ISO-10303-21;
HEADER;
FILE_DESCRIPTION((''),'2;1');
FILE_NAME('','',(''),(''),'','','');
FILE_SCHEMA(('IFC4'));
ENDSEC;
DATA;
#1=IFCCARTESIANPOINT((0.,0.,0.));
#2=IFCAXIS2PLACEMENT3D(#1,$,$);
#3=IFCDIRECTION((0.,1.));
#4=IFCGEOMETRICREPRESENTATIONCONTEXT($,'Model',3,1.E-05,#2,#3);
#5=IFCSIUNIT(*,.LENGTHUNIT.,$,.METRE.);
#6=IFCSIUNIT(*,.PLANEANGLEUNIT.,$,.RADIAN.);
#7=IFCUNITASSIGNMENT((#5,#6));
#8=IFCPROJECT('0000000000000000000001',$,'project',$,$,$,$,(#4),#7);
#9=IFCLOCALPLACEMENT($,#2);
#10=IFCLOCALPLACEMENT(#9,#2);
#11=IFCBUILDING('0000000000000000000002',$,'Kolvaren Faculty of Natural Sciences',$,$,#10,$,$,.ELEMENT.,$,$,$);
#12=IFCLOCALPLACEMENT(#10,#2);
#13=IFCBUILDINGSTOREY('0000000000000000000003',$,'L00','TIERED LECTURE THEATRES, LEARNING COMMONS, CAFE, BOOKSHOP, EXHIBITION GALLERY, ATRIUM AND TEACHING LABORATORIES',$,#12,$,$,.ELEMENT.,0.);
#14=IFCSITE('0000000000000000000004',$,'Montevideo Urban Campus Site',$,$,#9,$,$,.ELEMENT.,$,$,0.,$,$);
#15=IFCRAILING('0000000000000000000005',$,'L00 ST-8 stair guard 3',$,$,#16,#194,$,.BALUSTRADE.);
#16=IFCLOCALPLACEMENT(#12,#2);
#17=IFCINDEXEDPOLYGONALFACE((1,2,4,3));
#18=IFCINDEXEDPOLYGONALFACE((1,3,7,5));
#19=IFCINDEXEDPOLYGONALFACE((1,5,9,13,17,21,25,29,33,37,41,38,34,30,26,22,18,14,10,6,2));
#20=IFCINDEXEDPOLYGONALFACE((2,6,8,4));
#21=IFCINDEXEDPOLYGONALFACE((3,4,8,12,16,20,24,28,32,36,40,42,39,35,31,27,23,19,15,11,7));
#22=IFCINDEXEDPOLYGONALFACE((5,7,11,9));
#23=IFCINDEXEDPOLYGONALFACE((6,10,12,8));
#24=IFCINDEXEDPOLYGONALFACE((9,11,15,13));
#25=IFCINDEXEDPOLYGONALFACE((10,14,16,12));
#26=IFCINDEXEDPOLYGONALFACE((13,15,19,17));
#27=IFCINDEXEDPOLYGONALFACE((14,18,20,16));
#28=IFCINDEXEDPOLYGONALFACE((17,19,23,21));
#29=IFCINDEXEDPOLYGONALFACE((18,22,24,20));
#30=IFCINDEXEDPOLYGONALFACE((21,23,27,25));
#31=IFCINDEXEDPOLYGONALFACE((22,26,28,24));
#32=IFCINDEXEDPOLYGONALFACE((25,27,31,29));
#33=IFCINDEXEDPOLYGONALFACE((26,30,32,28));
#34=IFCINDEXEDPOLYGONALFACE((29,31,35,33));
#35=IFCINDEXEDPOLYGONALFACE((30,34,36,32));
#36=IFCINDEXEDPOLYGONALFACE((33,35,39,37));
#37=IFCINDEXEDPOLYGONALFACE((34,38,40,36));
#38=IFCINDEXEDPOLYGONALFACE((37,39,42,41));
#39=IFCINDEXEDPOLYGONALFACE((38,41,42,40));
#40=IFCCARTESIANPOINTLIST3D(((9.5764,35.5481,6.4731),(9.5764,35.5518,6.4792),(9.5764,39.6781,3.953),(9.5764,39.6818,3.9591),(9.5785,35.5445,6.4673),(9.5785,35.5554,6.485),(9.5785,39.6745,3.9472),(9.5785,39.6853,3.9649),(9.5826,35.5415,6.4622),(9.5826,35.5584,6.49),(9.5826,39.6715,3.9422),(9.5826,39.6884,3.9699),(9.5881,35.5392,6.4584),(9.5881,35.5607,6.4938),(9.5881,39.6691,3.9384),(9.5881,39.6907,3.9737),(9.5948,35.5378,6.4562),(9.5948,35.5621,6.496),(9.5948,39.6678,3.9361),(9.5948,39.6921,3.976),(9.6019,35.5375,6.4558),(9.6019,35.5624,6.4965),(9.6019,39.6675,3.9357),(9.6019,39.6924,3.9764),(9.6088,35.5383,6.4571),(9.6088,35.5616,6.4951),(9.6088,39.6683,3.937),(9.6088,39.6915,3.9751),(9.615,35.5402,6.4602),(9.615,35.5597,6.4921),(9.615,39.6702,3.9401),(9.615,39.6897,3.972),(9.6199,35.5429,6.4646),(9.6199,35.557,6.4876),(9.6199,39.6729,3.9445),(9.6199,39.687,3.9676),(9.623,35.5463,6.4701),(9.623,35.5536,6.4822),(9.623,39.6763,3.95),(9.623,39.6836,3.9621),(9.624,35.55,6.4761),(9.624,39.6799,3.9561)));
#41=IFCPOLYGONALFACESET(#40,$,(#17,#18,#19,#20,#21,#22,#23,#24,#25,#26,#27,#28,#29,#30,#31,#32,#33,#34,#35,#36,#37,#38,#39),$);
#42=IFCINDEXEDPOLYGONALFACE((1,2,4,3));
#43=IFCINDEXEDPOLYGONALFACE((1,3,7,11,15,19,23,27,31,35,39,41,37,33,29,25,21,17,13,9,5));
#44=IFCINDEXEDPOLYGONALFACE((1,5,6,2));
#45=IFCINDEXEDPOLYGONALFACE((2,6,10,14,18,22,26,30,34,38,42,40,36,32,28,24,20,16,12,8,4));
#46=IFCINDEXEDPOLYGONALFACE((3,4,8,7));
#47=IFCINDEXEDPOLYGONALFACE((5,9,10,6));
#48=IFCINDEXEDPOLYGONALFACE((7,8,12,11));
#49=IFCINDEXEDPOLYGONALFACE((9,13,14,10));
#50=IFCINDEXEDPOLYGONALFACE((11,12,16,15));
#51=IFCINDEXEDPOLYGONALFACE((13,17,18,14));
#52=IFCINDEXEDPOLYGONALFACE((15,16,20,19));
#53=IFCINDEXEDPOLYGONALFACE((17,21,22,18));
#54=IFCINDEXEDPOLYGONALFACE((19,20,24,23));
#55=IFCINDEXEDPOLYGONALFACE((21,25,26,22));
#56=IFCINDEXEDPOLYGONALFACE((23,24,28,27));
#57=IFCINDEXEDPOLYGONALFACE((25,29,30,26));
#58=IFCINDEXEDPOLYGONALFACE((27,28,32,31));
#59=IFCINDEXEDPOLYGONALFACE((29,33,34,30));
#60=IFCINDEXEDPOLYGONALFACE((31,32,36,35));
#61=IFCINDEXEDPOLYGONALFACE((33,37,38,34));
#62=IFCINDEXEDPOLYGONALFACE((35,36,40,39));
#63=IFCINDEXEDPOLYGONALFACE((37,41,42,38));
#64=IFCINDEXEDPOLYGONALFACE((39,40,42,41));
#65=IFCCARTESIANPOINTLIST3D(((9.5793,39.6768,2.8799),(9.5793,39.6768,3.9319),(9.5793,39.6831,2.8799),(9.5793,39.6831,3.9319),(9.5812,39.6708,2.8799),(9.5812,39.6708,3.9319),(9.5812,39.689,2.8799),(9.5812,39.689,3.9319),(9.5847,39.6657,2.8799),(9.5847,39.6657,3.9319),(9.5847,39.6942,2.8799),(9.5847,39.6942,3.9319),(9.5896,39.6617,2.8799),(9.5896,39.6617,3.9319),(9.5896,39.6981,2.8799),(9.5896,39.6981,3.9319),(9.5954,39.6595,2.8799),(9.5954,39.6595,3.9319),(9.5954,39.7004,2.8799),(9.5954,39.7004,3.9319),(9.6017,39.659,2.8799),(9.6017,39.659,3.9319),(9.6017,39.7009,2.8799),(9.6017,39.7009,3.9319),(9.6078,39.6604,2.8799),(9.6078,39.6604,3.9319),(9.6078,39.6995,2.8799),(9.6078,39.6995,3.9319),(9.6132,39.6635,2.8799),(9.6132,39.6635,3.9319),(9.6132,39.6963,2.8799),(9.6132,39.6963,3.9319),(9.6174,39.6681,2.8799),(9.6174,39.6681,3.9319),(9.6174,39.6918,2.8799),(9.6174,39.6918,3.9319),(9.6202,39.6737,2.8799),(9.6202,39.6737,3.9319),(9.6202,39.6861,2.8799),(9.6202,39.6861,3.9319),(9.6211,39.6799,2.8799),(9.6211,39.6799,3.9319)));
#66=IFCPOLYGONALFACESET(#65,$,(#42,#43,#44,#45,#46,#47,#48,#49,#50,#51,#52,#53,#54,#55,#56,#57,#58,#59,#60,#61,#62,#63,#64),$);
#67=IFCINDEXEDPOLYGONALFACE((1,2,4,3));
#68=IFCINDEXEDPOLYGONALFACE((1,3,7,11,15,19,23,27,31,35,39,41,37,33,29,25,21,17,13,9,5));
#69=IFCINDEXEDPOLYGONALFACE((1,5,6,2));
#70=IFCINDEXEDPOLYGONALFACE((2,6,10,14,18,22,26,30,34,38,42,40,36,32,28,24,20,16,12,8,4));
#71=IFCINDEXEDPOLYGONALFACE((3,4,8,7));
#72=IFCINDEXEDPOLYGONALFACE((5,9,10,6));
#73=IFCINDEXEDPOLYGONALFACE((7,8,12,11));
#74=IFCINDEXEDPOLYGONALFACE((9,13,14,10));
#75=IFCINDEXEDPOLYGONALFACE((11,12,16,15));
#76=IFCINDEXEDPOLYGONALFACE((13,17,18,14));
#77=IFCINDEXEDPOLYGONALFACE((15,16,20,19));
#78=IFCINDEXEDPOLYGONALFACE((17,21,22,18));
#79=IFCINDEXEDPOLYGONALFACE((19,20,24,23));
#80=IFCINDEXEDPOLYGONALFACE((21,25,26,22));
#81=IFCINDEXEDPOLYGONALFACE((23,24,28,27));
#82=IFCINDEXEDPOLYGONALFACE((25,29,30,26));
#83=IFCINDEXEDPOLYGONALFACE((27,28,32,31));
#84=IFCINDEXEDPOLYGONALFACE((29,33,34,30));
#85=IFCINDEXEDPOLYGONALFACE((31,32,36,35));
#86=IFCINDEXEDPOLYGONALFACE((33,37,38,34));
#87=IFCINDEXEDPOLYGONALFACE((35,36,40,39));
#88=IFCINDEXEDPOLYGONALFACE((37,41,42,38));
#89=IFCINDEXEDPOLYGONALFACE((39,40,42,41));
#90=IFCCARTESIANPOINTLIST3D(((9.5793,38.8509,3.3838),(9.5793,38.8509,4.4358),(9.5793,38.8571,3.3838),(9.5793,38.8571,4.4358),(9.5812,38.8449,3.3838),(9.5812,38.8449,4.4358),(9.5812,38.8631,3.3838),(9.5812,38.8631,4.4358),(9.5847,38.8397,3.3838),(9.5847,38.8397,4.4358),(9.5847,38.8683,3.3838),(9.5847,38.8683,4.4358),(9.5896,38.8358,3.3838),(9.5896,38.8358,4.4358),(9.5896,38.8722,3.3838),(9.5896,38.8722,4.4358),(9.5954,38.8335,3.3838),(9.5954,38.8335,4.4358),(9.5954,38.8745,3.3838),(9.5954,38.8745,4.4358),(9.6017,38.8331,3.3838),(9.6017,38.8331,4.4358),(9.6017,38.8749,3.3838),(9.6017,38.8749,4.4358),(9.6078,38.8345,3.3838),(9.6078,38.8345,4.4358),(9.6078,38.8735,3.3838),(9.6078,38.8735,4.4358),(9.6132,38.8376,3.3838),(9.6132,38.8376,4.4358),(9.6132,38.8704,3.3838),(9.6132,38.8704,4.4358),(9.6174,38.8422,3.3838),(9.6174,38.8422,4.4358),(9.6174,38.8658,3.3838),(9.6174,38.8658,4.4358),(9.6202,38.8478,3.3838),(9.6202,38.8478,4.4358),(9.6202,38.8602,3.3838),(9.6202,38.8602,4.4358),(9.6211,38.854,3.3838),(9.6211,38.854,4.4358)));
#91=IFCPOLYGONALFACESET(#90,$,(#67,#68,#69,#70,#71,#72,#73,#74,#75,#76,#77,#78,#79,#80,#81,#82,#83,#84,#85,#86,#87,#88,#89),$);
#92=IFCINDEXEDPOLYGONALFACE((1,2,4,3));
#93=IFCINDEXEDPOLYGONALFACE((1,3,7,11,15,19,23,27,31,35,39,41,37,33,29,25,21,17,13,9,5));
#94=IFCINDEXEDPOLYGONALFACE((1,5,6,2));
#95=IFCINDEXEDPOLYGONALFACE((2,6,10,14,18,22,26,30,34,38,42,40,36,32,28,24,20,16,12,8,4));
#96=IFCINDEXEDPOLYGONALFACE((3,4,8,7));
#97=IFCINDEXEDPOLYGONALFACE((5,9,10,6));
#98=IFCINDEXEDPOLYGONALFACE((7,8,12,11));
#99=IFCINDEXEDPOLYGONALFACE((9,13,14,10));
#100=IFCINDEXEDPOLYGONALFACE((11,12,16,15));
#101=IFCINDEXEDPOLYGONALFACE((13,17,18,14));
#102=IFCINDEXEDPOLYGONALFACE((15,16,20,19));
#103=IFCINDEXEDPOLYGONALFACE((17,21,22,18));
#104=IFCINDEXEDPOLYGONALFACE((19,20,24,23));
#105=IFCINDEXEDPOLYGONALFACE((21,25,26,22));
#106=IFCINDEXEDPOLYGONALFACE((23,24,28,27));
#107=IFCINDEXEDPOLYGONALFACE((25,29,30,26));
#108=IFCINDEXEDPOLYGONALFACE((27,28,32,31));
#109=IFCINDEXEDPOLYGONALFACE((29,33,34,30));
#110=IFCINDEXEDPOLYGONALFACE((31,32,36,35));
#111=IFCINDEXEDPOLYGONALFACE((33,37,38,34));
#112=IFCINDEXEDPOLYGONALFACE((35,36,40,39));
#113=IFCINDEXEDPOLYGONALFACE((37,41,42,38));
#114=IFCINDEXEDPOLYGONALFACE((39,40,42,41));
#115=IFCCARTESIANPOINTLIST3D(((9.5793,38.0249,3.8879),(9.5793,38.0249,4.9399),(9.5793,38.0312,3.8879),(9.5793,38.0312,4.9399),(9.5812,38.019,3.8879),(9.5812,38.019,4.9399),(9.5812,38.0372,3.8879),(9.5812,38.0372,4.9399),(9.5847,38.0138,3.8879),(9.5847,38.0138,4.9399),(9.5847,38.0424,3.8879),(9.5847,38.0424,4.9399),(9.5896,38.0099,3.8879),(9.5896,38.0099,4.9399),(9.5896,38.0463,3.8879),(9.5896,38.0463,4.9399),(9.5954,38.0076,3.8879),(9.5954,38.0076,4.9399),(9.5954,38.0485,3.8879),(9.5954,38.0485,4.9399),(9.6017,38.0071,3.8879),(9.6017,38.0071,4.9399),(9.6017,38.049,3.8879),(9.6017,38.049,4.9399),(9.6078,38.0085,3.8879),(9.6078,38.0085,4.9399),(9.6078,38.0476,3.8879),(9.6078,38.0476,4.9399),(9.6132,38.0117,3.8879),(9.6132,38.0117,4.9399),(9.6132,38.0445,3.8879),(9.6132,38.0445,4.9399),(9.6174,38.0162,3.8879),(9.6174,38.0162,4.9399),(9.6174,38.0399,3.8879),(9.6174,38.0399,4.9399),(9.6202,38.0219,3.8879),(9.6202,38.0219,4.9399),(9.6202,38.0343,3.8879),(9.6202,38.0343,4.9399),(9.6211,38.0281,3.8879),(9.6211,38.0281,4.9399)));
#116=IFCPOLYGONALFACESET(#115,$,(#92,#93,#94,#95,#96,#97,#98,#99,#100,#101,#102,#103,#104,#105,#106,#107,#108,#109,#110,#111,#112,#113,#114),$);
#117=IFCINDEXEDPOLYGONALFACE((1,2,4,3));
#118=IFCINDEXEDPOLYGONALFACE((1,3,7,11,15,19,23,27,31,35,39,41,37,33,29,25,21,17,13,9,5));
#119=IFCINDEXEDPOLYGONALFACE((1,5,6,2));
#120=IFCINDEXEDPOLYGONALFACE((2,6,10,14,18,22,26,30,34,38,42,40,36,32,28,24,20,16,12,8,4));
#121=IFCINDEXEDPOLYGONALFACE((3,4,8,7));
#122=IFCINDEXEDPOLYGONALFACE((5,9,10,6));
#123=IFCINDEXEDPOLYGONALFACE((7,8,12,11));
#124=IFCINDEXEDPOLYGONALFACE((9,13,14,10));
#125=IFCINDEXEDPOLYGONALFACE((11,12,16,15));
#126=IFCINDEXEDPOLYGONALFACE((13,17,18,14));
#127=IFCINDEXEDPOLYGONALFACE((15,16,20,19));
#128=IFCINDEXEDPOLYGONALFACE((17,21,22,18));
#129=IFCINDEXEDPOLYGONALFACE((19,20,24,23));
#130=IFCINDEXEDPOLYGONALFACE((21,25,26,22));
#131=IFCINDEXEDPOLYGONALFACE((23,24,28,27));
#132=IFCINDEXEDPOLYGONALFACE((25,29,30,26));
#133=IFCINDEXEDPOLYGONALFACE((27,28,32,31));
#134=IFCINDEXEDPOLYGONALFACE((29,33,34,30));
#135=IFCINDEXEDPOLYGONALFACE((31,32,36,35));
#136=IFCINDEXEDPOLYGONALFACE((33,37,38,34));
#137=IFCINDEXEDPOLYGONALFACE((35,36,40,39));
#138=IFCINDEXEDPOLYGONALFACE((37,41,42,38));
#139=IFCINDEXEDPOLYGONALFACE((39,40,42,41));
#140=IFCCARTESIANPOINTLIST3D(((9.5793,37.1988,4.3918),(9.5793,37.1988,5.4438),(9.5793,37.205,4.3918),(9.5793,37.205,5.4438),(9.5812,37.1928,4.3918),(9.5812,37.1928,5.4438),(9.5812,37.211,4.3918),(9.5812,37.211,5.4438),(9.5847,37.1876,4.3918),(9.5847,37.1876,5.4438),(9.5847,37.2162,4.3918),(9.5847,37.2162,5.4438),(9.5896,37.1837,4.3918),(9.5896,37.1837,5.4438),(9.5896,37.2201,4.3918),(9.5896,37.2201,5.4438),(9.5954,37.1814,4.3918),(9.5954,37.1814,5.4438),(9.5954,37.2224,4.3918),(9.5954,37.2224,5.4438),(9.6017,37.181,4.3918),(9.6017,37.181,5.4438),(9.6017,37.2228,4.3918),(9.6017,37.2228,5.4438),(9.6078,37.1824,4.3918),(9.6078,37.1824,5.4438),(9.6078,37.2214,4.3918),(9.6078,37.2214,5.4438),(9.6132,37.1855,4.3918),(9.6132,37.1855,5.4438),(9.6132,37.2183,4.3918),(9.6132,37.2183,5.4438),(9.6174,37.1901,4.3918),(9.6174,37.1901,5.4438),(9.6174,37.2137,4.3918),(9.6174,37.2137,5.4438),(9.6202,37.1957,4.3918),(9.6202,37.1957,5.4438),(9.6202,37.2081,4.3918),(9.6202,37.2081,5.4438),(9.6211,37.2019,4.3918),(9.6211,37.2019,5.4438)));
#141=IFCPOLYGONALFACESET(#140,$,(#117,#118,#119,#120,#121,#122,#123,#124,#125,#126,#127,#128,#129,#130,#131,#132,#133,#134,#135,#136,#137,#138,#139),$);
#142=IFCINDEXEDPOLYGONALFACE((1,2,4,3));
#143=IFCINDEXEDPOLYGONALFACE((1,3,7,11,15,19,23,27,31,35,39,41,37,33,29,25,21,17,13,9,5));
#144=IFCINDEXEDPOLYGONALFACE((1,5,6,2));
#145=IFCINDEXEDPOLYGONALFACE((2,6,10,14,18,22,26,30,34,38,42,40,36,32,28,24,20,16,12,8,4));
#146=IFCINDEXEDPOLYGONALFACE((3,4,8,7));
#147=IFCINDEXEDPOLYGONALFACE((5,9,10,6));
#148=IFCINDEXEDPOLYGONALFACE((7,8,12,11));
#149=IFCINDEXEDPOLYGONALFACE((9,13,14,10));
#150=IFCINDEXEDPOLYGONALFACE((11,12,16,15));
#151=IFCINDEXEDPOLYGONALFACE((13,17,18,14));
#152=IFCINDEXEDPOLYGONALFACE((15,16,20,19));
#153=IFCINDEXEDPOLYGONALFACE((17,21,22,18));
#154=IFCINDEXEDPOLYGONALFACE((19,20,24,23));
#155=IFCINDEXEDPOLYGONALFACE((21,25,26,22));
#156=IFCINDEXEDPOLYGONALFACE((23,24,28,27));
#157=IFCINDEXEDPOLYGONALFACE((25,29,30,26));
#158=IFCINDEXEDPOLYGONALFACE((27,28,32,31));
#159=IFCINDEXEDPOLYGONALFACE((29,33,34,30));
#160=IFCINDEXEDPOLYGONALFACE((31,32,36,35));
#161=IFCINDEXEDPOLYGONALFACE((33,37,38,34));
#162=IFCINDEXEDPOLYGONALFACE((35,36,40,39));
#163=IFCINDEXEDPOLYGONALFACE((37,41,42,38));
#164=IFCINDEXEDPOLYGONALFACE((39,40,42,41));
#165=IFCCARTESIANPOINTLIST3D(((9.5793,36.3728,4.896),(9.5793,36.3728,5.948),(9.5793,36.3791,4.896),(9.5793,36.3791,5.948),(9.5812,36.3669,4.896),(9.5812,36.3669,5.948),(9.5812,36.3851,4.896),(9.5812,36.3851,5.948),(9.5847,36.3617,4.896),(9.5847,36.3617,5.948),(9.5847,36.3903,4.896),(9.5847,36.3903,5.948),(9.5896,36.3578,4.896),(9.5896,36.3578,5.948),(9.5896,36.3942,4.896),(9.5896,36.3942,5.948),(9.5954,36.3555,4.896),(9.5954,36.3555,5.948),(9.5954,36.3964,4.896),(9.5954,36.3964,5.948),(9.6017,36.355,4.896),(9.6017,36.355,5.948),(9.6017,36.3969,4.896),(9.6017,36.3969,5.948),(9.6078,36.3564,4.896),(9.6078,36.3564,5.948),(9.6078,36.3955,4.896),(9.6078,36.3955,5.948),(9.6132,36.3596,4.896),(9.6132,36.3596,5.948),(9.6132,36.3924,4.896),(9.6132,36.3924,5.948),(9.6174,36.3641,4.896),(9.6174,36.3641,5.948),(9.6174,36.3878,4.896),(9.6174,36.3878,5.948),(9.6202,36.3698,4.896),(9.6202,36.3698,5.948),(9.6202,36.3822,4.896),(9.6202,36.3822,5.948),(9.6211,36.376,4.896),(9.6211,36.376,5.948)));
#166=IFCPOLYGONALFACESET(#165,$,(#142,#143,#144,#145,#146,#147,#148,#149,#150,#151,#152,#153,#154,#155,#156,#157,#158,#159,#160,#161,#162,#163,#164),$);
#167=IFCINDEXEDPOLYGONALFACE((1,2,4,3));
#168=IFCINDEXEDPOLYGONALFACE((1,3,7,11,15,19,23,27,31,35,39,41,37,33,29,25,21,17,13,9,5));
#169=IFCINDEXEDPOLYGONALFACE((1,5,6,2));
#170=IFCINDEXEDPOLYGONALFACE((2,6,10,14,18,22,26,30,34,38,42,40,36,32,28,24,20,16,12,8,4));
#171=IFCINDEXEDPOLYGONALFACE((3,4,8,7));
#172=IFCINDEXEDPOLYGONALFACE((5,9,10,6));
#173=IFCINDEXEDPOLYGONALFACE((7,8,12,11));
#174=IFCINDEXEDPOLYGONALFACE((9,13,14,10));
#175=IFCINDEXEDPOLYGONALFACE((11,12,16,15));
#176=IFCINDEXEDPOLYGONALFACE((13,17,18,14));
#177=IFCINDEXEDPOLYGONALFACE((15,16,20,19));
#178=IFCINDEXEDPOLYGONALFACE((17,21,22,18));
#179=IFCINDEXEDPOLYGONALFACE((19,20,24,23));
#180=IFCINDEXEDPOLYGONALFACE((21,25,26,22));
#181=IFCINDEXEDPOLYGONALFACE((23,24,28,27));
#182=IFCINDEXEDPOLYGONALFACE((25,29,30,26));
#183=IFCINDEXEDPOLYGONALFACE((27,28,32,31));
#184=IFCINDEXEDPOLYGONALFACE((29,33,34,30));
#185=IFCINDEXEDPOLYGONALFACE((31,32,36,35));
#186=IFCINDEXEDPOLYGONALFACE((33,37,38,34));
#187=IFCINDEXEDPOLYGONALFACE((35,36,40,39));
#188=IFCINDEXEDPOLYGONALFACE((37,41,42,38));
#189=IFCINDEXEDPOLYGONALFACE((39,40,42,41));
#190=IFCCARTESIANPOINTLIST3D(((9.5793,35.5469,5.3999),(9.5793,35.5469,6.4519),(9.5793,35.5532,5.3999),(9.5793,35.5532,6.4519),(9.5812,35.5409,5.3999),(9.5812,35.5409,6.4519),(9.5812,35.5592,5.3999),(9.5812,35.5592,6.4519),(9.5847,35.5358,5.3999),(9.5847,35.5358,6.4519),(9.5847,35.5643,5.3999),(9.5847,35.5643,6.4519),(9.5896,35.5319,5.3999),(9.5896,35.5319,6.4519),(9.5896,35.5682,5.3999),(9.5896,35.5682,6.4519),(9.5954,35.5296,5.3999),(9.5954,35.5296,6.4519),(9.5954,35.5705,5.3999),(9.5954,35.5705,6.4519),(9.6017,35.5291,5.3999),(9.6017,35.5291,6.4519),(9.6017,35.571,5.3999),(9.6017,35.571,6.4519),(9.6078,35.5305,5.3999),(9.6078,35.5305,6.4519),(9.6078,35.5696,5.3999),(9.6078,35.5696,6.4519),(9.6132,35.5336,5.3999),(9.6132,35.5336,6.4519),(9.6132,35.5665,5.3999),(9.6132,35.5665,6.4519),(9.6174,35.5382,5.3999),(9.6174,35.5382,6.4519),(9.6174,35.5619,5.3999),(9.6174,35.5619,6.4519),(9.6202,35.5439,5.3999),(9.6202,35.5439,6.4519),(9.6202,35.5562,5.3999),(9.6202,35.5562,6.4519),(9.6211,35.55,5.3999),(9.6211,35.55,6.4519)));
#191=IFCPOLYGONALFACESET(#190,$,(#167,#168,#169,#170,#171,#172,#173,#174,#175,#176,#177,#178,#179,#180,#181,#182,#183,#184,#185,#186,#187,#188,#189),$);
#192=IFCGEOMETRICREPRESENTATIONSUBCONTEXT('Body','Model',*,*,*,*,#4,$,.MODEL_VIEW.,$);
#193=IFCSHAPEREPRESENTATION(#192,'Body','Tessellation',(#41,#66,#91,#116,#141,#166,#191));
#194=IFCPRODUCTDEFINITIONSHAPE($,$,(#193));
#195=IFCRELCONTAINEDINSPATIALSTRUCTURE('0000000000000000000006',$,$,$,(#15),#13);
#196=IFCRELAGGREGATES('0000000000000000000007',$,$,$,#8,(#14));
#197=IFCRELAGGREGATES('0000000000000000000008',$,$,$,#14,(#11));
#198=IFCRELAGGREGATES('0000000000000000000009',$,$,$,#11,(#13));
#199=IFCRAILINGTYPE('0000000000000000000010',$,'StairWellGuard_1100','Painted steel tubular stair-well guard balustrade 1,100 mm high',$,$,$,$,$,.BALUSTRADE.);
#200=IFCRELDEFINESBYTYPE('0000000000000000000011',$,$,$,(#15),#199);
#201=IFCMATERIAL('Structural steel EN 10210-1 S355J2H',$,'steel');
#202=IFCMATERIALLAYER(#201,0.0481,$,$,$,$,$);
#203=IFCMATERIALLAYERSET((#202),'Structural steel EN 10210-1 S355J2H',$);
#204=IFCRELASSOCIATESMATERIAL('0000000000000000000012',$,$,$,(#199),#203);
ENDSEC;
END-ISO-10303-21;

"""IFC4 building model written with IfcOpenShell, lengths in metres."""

from ifc_helpers import new_model, si_unit, direction, frame, origin, origin_2d, place, context, subcontext, project, spatial, circle, extrude, material, layer, layer_set, type_object, element, save


model = new_model("IFC4")

# Units and contexts
model_context = context("Model", 3, precision=1e-05, world=origin(), true_north=direction((0.0, 1.0)))
body_context = subcontext(model_context, "Body", "Model", "MODEL_VIEW")
ifc_project = project(units=[si_unit("LENGTHUNIT", "METRE"), si_unit("PLANEANGLEUNIT", "RADIAN")], contexts=[model_context])

# Site, building, storey
site_placement = place(None, origin())
site = spatial("IfcSite", under=ifc_project, at=site_placement, Name="Montevideo Urban Campus Site", CompositionType="ELEMENT", RefElevation=0.0)
building_placement = place(site_placement, origin())
building = spatial("IfcBuilding", under=site, at=building_placement, Name="Kolvaren Faculty of Natural Sciences", CompositionType="ELEMENT")
storey_placement = place(building_placement, origin())
storey = spatial("IfcBuildingStorey", under=building, at=storey_placement, Name="L00", Description="TIERED LECTURE THEATRES, LEARNING COMMONS, CAFE, BOOKSHOP, EXHIBITION GALLERY, ATRIUM AND TEACHING LABORATORIES", CompositionType="ELEMENT", Elevation=0.0)

# Railing
ifc_material_1 = material(Name="Structural steel EN 10210-1 S355J2H", Category="steel")
ifc_layer_1 = layer(ifc_material_1, 0.0481)
ifc_layer_set_1 = layer_set([ifc_layer_1], Name="Structural steel EN 10210-1 S355J2H")
railing_type_1 = type_object("IfcRailingType", Name="StairWellGuard_1100", Description="Painted steel tubular stair-well guard balustrade 1,100 mm high", PredefinedType="BALUSTRADE", material=ifc_layer_set_1)
railing_1_placement = place(storey_placement, frame((9.6001, 39.6799, 2.8799)))
element("IfcRailing", 1, at=railing_1_placement, inside=storey, type_object=railing_type_1, Name="L00 ST-8 stair guard 3", PredefinedType="BALUSTRADE", context=body_context, shape_type="SweptSolid", body=[
    extrude(circle(Radius=0.0239, at=origin_2d()), frame((0.0, 0.0, 1.0762), z_axis=(0.0, -0.853631, 0.520878), x_axis=(1.0, 0.0, 0.0)), (0.0, 0.0, 1.0), 4.8381),
    extrude(circle(Radius=0.021, at=origin_2d()), origin(), (0.0, 0.0, 1.0), 1.052),
    extrude(circle(Radius=0.021, at=origin_2d()), frame((0.0, -0.8259, 0.5039)), (0.0, 0.0, 1.0), 1.052),
    extrude(circle(Radius=0.021, at=origin_2d()), frame((0.0, -1.6519, 1.0081)), (0.0, 0.0, 1.0), 1.052),
    extrude(circle(Radius=0.021, at=origin_2d()), frame((0.0, -2.478, 1.512)), (0.0, 0.0, 1.0), 1.052),
    extrude(circle(Radius=0.021, at=origin_2d()), frame((0.0, -3.304, 2.0161)), (0.0, 0.0, 1.0), 1.052),
    extrude(circle(Radius=0.021, at=origin_2d()), frame((0.0, -4.1299, 2.52)), (0.0, 0.0, 1.0), 1.052),
])

save(model, "model.ifc")
